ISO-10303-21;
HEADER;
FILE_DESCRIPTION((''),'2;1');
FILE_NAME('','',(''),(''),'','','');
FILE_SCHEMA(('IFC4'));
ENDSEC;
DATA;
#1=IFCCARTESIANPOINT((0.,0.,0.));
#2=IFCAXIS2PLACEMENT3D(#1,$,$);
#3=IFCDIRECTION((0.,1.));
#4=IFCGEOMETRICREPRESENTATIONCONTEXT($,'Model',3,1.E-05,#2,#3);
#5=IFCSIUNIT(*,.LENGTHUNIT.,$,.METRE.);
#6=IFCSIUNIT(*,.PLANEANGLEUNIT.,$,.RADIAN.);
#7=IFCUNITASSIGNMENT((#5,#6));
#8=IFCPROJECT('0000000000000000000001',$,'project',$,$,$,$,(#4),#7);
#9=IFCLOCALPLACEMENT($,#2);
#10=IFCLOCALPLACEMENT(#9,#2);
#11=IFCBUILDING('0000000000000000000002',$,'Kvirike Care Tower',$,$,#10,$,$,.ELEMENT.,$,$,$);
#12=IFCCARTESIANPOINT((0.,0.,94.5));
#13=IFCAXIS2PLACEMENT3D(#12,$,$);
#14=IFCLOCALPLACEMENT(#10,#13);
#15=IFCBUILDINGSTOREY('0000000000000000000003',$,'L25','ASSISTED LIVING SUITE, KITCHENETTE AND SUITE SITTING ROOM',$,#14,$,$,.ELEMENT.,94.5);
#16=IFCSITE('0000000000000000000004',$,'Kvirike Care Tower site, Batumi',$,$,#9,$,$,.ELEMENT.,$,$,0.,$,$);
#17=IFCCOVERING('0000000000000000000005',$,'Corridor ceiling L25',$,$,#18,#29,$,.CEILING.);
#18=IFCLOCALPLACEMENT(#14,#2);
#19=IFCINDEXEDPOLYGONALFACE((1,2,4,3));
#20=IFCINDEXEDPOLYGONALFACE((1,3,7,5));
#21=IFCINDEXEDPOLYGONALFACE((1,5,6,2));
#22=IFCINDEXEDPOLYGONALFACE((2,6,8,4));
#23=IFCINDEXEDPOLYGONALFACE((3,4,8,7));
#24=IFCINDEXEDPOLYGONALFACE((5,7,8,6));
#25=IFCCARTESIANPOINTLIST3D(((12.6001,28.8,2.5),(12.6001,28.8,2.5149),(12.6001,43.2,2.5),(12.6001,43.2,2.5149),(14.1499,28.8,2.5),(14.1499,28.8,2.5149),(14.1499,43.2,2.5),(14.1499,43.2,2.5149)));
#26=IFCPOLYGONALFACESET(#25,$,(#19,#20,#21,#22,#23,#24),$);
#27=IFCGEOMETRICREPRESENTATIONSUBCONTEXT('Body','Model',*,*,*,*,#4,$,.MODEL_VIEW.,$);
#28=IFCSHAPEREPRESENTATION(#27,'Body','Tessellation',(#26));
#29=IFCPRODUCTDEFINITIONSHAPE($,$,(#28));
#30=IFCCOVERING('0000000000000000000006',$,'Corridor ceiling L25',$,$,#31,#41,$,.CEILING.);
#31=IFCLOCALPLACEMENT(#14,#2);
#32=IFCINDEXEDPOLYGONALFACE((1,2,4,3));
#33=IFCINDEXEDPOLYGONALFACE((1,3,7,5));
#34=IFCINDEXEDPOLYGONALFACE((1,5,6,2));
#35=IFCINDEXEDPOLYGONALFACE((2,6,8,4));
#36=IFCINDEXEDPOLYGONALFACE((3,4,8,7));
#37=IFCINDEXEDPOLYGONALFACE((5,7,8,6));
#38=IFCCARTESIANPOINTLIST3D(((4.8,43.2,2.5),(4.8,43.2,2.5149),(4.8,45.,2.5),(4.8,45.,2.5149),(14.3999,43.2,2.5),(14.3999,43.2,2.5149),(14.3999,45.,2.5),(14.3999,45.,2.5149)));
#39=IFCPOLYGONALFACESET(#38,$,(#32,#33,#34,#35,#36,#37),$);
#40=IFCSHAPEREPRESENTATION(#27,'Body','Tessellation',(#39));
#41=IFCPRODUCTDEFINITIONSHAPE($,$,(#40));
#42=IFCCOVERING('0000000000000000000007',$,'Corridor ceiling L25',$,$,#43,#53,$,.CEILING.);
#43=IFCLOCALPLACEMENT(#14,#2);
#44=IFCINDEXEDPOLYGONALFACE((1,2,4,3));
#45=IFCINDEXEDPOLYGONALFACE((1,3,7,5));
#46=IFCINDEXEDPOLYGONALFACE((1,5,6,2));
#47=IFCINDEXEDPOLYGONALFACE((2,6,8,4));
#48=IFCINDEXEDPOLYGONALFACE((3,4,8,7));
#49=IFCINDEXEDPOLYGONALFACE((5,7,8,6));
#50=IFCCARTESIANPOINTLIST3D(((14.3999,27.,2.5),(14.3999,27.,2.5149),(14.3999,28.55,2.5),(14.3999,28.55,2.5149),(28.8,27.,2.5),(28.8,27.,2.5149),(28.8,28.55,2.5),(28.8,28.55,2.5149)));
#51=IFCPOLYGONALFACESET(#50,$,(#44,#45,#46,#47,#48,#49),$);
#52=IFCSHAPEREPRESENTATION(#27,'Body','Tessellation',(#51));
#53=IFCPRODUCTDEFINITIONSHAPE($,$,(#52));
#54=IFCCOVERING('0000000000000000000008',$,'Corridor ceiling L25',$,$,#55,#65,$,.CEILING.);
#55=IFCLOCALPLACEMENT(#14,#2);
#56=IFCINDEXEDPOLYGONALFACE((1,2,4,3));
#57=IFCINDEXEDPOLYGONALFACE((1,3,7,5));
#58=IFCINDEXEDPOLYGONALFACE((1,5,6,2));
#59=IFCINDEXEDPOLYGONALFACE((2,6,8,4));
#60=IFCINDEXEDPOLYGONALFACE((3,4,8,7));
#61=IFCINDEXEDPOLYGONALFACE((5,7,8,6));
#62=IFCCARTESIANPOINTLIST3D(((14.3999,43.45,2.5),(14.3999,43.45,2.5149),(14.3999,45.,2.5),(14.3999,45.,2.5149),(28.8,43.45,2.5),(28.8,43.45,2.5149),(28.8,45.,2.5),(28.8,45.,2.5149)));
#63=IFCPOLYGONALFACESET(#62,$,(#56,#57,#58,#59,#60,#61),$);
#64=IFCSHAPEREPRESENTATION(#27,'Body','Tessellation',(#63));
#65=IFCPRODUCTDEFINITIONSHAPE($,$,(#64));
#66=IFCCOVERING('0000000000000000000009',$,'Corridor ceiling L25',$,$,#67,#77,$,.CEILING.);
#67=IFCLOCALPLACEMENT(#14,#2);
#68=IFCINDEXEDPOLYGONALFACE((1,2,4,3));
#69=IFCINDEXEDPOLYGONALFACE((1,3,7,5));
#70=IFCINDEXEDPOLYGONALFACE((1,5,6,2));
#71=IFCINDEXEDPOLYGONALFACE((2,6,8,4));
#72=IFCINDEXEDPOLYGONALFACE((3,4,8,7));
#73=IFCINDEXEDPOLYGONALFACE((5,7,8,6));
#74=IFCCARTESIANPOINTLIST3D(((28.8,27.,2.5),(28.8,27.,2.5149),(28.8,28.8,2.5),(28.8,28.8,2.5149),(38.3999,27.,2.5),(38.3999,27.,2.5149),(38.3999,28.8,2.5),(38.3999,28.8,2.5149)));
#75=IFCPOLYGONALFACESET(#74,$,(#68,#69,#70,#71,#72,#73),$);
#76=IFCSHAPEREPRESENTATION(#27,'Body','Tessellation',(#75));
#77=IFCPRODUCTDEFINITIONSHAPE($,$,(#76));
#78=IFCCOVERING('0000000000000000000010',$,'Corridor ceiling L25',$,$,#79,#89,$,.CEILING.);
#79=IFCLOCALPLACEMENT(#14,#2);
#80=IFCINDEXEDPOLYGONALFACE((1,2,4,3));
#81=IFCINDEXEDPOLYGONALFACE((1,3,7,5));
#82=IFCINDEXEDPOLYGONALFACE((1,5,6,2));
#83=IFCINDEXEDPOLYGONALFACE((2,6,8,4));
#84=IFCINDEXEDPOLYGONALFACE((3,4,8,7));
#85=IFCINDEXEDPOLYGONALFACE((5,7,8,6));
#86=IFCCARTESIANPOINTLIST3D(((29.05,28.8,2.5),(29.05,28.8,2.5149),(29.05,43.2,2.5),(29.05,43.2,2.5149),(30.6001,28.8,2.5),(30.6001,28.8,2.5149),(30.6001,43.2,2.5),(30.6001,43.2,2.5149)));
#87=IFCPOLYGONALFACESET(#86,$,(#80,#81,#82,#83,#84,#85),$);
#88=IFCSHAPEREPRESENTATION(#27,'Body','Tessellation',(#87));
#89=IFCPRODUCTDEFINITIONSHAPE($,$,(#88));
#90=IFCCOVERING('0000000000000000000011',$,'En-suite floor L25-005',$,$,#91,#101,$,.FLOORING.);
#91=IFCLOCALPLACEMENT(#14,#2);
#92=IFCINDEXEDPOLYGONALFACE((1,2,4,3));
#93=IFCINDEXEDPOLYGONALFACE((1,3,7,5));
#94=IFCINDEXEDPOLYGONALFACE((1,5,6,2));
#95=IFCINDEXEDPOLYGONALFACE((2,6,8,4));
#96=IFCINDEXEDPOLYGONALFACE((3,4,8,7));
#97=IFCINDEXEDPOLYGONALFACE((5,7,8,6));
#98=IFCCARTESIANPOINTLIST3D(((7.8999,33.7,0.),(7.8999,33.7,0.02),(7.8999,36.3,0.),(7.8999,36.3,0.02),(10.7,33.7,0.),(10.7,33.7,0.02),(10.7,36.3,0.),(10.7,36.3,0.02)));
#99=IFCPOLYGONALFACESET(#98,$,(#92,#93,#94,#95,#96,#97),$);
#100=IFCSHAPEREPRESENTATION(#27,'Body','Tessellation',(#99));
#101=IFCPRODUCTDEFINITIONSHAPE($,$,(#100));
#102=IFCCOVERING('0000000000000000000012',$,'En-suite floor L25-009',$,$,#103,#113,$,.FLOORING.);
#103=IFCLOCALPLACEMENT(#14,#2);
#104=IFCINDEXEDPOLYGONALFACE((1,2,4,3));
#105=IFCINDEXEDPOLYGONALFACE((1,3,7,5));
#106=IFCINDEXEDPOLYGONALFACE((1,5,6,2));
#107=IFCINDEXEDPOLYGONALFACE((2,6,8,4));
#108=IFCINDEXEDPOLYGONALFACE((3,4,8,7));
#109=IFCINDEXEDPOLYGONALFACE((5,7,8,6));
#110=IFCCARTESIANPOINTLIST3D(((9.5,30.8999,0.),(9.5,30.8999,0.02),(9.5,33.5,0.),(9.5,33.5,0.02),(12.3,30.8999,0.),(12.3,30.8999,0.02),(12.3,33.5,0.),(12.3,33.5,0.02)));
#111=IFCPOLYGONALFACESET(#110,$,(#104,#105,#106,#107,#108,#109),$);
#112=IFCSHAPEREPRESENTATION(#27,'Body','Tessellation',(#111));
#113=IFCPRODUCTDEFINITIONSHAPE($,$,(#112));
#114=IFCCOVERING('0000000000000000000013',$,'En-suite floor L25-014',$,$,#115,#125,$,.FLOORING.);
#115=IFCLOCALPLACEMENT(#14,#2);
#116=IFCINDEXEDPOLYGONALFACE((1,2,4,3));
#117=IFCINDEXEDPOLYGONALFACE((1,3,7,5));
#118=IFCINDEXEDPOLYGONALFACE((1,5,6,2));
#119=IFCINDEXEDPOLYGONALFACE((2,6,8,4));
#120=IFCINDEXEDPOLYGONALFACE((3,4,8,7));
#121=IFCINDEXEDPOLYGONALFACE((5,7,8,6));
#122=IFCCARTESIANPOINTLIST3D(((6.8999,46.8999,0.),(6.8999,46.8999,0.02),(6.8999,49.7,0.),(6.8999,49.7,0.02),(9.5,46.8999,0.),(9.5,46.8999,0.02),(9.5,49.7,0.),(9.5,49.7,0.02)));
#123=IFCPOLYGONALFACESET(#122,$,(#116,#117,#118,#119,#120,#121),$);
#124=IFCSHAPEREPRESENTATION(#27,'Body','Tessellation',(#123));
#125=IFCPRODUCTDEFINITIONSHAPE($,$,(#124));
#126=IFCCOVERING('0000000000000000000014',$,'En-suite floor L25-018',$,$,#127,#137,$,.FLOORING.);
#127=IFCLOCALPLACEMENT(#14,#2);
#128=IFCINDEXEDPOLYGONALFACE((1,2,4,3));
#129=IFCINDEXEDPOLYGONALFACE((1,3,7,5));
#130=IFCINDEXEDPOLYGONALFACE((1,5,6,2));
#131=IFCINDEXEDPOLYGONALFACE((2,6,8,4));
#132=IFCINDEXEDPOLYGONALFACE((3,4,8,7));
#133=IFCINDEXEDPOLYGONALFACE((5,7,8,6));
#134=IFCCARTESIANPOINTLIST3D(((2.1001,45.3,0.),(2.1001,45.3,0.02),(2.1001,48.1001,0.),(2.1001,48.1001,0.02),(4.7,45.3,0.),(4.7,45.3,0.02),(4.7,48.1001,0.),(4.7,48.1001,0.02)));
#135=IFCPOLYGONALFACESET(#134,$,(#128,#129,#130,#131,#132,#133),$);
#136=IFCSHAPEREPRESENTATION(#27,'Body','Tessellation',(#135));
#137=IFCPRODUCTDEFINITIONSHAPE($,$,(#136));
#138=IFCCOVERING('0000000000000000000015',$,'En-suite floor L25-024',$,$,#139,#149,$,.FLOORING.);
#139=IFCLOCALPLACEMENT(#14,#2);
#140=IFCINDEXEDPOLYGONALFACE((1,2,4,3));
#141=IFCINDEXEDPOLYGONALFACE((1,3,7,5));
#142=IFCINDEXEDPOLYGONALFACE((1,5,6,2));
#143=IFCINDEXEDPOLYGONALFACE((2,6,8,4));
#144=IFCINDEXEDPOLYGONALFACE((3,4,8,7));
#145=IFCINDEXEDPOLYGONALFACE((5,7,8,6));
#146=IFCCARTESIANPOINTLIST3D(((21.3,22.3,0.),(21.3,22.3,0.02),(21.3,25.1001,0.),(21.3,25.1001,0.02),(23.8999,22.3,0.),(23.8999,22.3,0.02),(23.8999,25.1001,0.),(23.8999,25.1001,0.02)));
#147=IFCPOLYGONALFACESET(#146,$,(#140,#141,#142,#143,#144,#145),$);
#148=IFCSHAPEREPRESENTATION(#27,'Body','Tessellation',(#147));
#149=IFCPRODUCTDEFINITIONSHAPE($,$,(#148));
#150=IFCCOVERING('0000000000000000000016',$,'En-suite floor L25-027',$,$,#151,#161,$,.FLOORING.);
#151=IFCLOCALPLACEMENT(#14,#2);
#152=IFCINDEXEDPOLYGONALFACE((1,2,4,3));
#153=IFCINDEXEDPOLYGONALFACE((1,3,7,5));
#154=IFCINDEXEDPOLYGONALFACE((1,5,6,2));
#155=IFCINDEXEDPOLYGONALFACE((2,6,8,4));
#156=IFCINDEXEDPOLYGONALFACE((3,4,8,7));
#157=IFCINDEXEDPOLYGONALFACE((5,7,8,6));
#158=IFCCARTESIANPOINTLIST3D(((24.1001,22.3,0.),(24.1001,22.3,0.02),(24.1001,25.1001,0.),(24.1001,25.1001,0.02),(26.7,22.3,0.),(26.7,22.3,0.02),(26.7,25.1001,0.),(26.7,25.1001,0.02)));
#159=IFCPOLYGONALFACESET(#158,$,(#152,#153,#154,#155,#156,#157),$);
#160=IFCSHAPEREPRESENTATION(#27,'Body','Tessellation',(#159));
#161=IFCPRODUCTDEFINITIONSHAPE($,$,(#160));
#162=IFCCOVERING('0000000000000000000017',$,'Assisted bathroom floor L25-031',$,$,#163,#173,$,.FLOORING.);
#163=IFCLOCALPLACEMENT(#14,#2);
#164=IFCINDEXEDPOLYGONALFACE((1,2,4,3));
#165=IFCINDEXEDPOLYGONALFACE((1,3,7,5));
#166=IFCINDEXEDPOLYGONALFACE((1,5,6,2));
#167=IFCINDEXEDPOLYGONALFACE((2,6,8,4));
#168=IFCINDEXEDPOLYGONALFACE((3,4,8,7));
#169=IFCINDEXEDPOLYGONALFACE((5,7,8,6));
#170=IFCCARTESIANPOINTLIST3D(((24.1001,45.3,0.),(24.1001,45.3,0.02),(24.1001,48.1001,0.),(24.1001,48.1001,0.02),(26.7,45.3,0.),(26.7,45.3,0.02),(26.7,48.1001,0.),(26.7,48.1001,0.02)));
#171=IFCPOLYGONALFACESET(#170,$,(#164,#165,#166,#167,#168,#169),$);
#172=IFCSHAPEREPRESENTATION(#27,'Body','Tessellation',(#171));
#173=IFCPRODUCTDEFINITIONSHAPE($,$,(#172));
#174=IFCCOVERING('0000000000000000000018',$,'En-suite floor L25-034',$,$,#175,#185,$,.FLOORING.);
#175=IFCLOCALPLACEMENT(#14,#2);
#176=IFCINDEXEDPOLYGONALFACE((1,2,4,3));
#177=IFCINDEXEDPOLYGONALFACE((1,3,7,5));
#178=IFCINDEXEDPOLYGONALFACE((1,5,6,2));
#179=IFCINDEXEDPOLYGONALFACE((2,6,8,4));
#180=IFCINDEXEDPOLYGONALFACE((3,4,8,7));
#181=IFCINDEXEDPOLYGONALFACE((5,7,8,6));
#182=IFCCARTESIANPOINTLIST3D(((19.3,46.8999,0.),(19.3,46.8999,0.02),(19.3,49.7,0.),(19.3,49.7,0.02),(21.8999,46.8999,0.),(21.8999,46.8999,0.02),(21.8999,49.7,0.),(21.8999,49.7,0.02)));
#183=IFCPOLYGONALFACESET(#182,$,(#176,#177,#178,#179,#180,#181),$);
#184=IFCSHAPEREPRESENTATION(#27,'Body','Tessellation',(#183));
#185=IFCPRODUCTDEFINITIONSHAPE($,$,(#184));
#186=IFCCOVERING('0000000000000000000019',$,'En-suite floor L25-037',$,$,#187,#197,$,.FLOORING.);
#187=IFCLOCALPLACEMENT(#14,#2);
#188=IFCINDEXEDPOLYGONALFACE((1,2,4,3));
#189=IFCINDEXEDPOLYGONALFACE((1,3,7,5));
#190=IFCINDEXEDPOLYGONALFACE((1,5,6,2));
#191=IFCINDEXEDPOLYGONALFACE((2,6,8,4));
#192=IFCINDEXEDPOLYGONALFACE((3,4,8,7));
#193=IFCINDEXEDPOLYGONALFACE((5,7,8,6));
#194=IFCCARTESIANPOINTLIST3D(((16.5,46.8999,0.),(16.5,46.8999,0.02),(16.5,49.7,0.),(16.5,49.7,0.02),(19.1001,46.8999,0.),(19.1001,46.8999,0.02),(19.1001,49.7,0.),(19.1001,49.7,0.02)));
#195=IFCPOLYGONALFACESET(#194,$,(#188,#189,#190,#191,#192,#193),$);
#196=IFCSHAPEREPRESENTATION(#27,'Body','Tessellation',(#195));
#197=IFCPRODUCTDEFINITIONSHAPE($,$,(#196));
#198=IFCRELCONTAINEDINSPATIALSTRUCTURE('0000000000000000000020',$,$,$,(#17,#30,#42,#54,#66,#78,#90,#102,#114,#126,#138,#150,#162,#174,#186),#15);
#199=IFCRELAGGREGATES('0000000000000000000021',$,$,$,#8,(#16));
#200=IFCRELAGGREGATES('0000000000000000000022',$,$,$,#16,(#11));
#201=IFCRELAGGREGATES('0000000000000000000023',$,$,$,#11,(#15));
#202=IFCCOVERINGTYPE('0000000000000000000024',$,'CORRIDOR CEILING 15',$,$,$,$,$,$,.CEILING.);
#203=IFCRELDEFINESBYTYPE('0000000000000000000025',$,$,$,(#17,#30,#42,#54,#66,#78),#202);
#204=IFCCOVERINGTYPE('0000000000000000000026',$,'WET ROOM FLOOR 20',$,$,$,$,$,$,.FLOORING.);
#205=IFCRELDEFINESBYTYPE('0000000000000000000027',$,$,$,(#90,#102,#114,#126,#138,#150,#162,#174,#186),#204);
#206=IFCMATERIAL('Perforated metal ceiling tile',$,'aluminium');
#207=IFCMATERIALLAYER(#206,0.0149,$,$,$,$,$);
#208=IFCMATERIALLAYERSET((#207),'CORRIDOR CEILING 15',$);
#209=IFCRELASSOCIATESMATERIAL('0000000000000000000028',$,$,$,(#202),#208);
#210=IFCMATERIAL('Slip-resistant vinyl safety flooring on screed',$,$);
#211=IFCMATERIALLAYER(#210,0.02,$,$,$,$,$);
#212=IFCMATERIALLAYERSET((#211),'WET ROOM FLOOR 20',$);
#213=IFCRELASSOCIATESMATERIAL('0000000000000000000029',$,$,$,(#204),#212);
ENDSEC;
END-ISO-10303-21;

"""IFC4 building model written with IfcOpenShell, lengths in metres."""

from ifc_helpers import new_model, si_unit, direction, frame, origin, place, context, subcontext, project, spatial, polyline, outline, extrude, material, layer, layer_set, type_object, element, save


model = new_model("IFC4")

# Units and contexts
model_context = context("Model", 3, precision=1e-05, world=origin(), true_north=direction((0.0, 1.0)))
body_context = subcontext(model_context, "Body", "Model", "MODEL_VIEW")
ifc_project = project(units=[si_unit("LENGTHUNIT", "METRE"), si_unit("PLANEANGLEUNIT", "RADIAN")], contexts=[model_context])

# Site, building, storey
site_placement = place(None, origin())
site = spatial("IfcSite", under=ifc_project, at=site_placement, Name="Kvirike Care Tower site, Batumi", CompositionType="ELEMENT", RefElevation=0.0)
building_placement = place(site_placement, origin())
building = spatial("IfcBuilding", under=site, at=building_placement, Name="Kvirike Care Tower", CompositionType="ELEMENT")
storey_placement = place(building_placement, frame((0.0, 0.0, 94.5)))
storey = spatial("IfcBuildingStorey", under=building, at=storey_placement, Name="L25", Description="ASSISTED LIVING SUITE, KITCHENETTE AND SUITE SITTING ROOM", CompositionType="ELEMENT", Elevation=94.5)

# Coverings
ifc_material_1 = material(Name="Perforated metal ceiling tile", Category="aluminium")
ifc_layer_1 = layer(ifc_material_1, 0.0149)
ifc_layer_set_1 = layer_set([ifc_layer_1], Name="CORRIDOR CEILING 15")
covering_type_1 = type_object("IfcCoveringType", Name="CORRIDOR CEILING 15", PredefinedType="CEILING", material=ifc_layer_set_1)
covering_1_placement = place(storey_placement, frame((0.0, 0.0, 2.5)))
element("IfcCovering", 1, at=covering_1_placement, inside=storey, type_object=covering_type_1, Name="Corridor ceiling L25", PredefinedType="CEILING", context=body_context, shape_type="SweptSolid", body=[
    extrude(outline(polyline([(12.6001, 43.2), (14.1499, 43.2), (14.1499, 28.8), (12.6001, 28.8), (12.6001, 43.2)])), origin(), (0.0, 0.0, 1.0), 0.0149),
])
covering_2_placement = place(storey_placement, frame((0.0, 0.0, 2.5)))
element("IfcCovering", 2, at=covering_2_placement, inside=storey, type_object=covering_type_1, Name="Corridor ceiling L25", PredefinedType="CEILING", context=body_context, shape_type="SweptSolid", body=[
    extrude(outline(polyline([(14.3999, 45.0), (14.3999, 43.2), (4.8, 43.2), (4.8, 45.0), (14.3999, 45.0)])), origin(), (0.0, 0.0, 1.0), 0.0149),
])
covering_3_placement = place(storey_placement, frame((0.0, 0.0, 2.5)))
element("IfcCovering", 3, at=covering_3_placement, inside=storey, type_object=covering_type_1, Name="Corridor ceiling L25", PredefinedType="CEILING", context=body_context, shape_type="SweptSolid", body=[
    extrude(outline(polyline([(14.3999, 27.0), (14.3999, 28.55), (28.8, 28.55), (28.8, 27.0), (14.3999, 27.0)])), origin(), (0.0, 0.0, 1.0), 0.0149),
])
covering_4_placement = place(storey_placement, frame((0.0, 0.0, 2.5)))
element("IfcCovering", 4, at=covering_4_placement, inside=storey, type_object=covering_type_1, Name="Corridor ceiling L25", PredefinedType="CEILING", context=body_context, shape_type="SweptSolid", body=[
    extrude(outline(polyline([(28.8, 45.0), (28.8, 43.45), (14.3999, 43.45), (14.3999, 45.0), (28.8, 45.0)])), origin(), (0.0, 0.0, 1.0), 0.0149),
])
covering_5_placement = place(storey_placement, frame((0.0, 0.0, 2.5)))
element("IfcCovering", 5, at=covering_5_placement, inside=storey, type_object=covering_type_1, Name="Corridor ceiling L25", PredefinedType="CEILING", context=body_context, shape_type="SweptSolid", body=[
    extrude(outline(polyline([(28.8, 27.0), (28.8, 28.8), (38.3999, 28.8), (38.3999, 27.0), (28.8, 27.0)])), origin(), (0.0, 0.0, 1.0), 0.0149),
])
covering_6_placement = place(storey_placement, frame((0.0, 0.0, 2.5)))
element("IfcCovering", 6, at=covering_6_placement, inside=storey, type_object=covering_type_1, Name="Corridor ceiling L25", PredefinedType="CEILING", context=body_context, shape_type="SweptSolid", body=[
    extrude(outline(polyline([(30.6001, 28.8), (29.05, 28.8), (29.05, 43.2), (30.6001, 43.2), (30.6001, 28.8)])), origin(), (0.0, 0.0, 1.0), 0.0149),
])
ifc_material_2 = material(Name="Slip-resistant vinyl safety flooring on screed")
ifc_layer_2 = layer(ifc_material_2, 0.02)
ifc_layer_set_2 = layer_set([ifc_layer_2], Name="WET ROOM FLOOR 20")
covering_type_2 = type_object("IfcCoveringType", Name="WET ROOM FLOOR 20", PredefinedType="FLOORING", material=ifc_layer_set_2)
covering_7_placement = place(storey_placement, origin())
element("IfcCovering", 7, at=covering_7_placement, inside=storey, type_object=covering_type_2, Name="En-suite floor L25-005", PredefinedType="FLOORING", context=body_context, shape_type="SweptSolid", body=[
    extrude(outline(polyline([(7.8999, 36.3), (10.7, 36.3), (10.7, 33.7), (7.8999, 33.7), (7.8999, 36.3)])), origin(), (0.0, 0.0, 1.0), 0.02),
])
covering_8_placement = place(storey_placement, origin())
element("IfcCovering", 8, at=covering_8_placement, inside=storey, type_object=covering_type_2, Name="En-suite floor L25-009", PredefinedType="FLOORING", context=body_context, shape_type="SweptSolid", body=[
    extrude(outline(polyline([(9.5, 33.5), (12.3, 33.5), (12.3, 30.8999), (9.5, 30.8999), (9.5, 33.5)])), origin(), (0.0, 0.0, 1.0), 0.02),
])
covering_9_placement = place(storey_placement, origin())
element("IfcCovering", 9, at=covering_9_placement, inside=storey, type_object=covering_type_2, Name="En-suite floor L25-014", PredefinedType="FLOORING", context=body_context, shape_type="SweptSolid", body=[
    extrude(outline(polyline([(9.5, 49.7), (9.5, 46.8999), (6.8999, 46.8999), (6.8999, 49.7), (9.5, 49.7)])), origin(), (0.0, 0.0, 1.0), 0.02),
])
covering_10_placement = place(storey_placement, origin())
element("IfcCovering", 10, at=covering_10_placement, inside=storey, type_object=covering_type_2, Name="En-suite floor L25-018", PredefinedType="FLOORING", context=body_context, shape_type="SweptSolid", body=[
    extrude(outline(polyline([(4.7, 48.1001), (4.7, 45.3), (2.1001, 45.3), (2.1001, 48.1001), (4.7, 48.1001)])), origin(), (0.0, 0.0, 1.0), 0.02),
])
covering_11_placement = place(storey_placement, origin())
element("IfcCovering", 11, at=covering_11_placement, inside=storey, type_object=covering_type_2, Name="En-suite floor L25-024", PredefinedType="FLOORING", context=body_context, shape_type="SweptSolid", body=[
    extrude(outline(polyline([(21.3, 22.3), (21.3, 25.1001), (23.8999, 25.1001), (23.8999, 22.3), (21.3, 22.3)])), origin(), (0.0, 0.0, 1.0), 0.02),
])
covering_12_placement = place(storey_placement, origin())
element("IfcCovering", 12, at=covering_12_placement, inside=storey, type_object=covering_type_2, Name="En-suite floor L25-027", PredefinedType="FLOORING", context=body_context, shape_type="SweptSolid", body=[
    extrude(outline(polyline([(24.1001, 22.3), (24.1001, 25.1001), (26.7, 25.1001), (26.7, 22.3), (24.1001, 22.3)])), origin(), (0.0, 0.0, 1.0), 0.02),
])
covering_13_placement = place(storey_placement, origin())
element("IfcCovering", 13, at=covering_13_placement, inside=storey, type_object=covering_type_2, Name="Assisted bathroom floor L25-031", PredefinedType="FLOORING", context=body_context, shape_type="SweptSolid", body=[
    extrude(outline(polyline([(26.7, 48.1001), (26.7, 45.3), (24.1001, 45.3), (24.1001, 48.1001), (26.7, 48.1001)])), origin(), (0.0, 0.0, 1.0), 0.02),
])
covering_14_placement = place(storey_placement, origin())
element("IfcCovering", 14, at=covering_14_placement, inside=storey, type_object=covering_type_2, Name="En-suite floor L25-034", PredefinedType="FLOORING", context=body_context, shape_type="SweptSolid", body=[
    extrude(outline(polyline([(21.8999, 49.7), (21.8999, 46.8999), (19.3, 46.8999), (19.3, 49.7), (21.8999, 49.7)])), origin(), (0.0, 0.0, 1.0), 0.02),
])
covering_15_placement = place(storey_placement, origin())
element("IfcCovering", 15, at=covering_15_placement, inside=storey, type_object=covering_type_2, Name="En-suite floor L25-037", PredefinedType="FLOORING", context=body_context, shape_type="SweptSolid", body=[
    extrude(outline(polyline([(19.1001, 49.7), (19.1001, 46.8999), (16.5, 46.8999), (16.5, 49.7), (19.1001, 49.7)])), origin(), (0.0, 0.0, 1.0), 0.02),
])

save(model, "model.ifc")
